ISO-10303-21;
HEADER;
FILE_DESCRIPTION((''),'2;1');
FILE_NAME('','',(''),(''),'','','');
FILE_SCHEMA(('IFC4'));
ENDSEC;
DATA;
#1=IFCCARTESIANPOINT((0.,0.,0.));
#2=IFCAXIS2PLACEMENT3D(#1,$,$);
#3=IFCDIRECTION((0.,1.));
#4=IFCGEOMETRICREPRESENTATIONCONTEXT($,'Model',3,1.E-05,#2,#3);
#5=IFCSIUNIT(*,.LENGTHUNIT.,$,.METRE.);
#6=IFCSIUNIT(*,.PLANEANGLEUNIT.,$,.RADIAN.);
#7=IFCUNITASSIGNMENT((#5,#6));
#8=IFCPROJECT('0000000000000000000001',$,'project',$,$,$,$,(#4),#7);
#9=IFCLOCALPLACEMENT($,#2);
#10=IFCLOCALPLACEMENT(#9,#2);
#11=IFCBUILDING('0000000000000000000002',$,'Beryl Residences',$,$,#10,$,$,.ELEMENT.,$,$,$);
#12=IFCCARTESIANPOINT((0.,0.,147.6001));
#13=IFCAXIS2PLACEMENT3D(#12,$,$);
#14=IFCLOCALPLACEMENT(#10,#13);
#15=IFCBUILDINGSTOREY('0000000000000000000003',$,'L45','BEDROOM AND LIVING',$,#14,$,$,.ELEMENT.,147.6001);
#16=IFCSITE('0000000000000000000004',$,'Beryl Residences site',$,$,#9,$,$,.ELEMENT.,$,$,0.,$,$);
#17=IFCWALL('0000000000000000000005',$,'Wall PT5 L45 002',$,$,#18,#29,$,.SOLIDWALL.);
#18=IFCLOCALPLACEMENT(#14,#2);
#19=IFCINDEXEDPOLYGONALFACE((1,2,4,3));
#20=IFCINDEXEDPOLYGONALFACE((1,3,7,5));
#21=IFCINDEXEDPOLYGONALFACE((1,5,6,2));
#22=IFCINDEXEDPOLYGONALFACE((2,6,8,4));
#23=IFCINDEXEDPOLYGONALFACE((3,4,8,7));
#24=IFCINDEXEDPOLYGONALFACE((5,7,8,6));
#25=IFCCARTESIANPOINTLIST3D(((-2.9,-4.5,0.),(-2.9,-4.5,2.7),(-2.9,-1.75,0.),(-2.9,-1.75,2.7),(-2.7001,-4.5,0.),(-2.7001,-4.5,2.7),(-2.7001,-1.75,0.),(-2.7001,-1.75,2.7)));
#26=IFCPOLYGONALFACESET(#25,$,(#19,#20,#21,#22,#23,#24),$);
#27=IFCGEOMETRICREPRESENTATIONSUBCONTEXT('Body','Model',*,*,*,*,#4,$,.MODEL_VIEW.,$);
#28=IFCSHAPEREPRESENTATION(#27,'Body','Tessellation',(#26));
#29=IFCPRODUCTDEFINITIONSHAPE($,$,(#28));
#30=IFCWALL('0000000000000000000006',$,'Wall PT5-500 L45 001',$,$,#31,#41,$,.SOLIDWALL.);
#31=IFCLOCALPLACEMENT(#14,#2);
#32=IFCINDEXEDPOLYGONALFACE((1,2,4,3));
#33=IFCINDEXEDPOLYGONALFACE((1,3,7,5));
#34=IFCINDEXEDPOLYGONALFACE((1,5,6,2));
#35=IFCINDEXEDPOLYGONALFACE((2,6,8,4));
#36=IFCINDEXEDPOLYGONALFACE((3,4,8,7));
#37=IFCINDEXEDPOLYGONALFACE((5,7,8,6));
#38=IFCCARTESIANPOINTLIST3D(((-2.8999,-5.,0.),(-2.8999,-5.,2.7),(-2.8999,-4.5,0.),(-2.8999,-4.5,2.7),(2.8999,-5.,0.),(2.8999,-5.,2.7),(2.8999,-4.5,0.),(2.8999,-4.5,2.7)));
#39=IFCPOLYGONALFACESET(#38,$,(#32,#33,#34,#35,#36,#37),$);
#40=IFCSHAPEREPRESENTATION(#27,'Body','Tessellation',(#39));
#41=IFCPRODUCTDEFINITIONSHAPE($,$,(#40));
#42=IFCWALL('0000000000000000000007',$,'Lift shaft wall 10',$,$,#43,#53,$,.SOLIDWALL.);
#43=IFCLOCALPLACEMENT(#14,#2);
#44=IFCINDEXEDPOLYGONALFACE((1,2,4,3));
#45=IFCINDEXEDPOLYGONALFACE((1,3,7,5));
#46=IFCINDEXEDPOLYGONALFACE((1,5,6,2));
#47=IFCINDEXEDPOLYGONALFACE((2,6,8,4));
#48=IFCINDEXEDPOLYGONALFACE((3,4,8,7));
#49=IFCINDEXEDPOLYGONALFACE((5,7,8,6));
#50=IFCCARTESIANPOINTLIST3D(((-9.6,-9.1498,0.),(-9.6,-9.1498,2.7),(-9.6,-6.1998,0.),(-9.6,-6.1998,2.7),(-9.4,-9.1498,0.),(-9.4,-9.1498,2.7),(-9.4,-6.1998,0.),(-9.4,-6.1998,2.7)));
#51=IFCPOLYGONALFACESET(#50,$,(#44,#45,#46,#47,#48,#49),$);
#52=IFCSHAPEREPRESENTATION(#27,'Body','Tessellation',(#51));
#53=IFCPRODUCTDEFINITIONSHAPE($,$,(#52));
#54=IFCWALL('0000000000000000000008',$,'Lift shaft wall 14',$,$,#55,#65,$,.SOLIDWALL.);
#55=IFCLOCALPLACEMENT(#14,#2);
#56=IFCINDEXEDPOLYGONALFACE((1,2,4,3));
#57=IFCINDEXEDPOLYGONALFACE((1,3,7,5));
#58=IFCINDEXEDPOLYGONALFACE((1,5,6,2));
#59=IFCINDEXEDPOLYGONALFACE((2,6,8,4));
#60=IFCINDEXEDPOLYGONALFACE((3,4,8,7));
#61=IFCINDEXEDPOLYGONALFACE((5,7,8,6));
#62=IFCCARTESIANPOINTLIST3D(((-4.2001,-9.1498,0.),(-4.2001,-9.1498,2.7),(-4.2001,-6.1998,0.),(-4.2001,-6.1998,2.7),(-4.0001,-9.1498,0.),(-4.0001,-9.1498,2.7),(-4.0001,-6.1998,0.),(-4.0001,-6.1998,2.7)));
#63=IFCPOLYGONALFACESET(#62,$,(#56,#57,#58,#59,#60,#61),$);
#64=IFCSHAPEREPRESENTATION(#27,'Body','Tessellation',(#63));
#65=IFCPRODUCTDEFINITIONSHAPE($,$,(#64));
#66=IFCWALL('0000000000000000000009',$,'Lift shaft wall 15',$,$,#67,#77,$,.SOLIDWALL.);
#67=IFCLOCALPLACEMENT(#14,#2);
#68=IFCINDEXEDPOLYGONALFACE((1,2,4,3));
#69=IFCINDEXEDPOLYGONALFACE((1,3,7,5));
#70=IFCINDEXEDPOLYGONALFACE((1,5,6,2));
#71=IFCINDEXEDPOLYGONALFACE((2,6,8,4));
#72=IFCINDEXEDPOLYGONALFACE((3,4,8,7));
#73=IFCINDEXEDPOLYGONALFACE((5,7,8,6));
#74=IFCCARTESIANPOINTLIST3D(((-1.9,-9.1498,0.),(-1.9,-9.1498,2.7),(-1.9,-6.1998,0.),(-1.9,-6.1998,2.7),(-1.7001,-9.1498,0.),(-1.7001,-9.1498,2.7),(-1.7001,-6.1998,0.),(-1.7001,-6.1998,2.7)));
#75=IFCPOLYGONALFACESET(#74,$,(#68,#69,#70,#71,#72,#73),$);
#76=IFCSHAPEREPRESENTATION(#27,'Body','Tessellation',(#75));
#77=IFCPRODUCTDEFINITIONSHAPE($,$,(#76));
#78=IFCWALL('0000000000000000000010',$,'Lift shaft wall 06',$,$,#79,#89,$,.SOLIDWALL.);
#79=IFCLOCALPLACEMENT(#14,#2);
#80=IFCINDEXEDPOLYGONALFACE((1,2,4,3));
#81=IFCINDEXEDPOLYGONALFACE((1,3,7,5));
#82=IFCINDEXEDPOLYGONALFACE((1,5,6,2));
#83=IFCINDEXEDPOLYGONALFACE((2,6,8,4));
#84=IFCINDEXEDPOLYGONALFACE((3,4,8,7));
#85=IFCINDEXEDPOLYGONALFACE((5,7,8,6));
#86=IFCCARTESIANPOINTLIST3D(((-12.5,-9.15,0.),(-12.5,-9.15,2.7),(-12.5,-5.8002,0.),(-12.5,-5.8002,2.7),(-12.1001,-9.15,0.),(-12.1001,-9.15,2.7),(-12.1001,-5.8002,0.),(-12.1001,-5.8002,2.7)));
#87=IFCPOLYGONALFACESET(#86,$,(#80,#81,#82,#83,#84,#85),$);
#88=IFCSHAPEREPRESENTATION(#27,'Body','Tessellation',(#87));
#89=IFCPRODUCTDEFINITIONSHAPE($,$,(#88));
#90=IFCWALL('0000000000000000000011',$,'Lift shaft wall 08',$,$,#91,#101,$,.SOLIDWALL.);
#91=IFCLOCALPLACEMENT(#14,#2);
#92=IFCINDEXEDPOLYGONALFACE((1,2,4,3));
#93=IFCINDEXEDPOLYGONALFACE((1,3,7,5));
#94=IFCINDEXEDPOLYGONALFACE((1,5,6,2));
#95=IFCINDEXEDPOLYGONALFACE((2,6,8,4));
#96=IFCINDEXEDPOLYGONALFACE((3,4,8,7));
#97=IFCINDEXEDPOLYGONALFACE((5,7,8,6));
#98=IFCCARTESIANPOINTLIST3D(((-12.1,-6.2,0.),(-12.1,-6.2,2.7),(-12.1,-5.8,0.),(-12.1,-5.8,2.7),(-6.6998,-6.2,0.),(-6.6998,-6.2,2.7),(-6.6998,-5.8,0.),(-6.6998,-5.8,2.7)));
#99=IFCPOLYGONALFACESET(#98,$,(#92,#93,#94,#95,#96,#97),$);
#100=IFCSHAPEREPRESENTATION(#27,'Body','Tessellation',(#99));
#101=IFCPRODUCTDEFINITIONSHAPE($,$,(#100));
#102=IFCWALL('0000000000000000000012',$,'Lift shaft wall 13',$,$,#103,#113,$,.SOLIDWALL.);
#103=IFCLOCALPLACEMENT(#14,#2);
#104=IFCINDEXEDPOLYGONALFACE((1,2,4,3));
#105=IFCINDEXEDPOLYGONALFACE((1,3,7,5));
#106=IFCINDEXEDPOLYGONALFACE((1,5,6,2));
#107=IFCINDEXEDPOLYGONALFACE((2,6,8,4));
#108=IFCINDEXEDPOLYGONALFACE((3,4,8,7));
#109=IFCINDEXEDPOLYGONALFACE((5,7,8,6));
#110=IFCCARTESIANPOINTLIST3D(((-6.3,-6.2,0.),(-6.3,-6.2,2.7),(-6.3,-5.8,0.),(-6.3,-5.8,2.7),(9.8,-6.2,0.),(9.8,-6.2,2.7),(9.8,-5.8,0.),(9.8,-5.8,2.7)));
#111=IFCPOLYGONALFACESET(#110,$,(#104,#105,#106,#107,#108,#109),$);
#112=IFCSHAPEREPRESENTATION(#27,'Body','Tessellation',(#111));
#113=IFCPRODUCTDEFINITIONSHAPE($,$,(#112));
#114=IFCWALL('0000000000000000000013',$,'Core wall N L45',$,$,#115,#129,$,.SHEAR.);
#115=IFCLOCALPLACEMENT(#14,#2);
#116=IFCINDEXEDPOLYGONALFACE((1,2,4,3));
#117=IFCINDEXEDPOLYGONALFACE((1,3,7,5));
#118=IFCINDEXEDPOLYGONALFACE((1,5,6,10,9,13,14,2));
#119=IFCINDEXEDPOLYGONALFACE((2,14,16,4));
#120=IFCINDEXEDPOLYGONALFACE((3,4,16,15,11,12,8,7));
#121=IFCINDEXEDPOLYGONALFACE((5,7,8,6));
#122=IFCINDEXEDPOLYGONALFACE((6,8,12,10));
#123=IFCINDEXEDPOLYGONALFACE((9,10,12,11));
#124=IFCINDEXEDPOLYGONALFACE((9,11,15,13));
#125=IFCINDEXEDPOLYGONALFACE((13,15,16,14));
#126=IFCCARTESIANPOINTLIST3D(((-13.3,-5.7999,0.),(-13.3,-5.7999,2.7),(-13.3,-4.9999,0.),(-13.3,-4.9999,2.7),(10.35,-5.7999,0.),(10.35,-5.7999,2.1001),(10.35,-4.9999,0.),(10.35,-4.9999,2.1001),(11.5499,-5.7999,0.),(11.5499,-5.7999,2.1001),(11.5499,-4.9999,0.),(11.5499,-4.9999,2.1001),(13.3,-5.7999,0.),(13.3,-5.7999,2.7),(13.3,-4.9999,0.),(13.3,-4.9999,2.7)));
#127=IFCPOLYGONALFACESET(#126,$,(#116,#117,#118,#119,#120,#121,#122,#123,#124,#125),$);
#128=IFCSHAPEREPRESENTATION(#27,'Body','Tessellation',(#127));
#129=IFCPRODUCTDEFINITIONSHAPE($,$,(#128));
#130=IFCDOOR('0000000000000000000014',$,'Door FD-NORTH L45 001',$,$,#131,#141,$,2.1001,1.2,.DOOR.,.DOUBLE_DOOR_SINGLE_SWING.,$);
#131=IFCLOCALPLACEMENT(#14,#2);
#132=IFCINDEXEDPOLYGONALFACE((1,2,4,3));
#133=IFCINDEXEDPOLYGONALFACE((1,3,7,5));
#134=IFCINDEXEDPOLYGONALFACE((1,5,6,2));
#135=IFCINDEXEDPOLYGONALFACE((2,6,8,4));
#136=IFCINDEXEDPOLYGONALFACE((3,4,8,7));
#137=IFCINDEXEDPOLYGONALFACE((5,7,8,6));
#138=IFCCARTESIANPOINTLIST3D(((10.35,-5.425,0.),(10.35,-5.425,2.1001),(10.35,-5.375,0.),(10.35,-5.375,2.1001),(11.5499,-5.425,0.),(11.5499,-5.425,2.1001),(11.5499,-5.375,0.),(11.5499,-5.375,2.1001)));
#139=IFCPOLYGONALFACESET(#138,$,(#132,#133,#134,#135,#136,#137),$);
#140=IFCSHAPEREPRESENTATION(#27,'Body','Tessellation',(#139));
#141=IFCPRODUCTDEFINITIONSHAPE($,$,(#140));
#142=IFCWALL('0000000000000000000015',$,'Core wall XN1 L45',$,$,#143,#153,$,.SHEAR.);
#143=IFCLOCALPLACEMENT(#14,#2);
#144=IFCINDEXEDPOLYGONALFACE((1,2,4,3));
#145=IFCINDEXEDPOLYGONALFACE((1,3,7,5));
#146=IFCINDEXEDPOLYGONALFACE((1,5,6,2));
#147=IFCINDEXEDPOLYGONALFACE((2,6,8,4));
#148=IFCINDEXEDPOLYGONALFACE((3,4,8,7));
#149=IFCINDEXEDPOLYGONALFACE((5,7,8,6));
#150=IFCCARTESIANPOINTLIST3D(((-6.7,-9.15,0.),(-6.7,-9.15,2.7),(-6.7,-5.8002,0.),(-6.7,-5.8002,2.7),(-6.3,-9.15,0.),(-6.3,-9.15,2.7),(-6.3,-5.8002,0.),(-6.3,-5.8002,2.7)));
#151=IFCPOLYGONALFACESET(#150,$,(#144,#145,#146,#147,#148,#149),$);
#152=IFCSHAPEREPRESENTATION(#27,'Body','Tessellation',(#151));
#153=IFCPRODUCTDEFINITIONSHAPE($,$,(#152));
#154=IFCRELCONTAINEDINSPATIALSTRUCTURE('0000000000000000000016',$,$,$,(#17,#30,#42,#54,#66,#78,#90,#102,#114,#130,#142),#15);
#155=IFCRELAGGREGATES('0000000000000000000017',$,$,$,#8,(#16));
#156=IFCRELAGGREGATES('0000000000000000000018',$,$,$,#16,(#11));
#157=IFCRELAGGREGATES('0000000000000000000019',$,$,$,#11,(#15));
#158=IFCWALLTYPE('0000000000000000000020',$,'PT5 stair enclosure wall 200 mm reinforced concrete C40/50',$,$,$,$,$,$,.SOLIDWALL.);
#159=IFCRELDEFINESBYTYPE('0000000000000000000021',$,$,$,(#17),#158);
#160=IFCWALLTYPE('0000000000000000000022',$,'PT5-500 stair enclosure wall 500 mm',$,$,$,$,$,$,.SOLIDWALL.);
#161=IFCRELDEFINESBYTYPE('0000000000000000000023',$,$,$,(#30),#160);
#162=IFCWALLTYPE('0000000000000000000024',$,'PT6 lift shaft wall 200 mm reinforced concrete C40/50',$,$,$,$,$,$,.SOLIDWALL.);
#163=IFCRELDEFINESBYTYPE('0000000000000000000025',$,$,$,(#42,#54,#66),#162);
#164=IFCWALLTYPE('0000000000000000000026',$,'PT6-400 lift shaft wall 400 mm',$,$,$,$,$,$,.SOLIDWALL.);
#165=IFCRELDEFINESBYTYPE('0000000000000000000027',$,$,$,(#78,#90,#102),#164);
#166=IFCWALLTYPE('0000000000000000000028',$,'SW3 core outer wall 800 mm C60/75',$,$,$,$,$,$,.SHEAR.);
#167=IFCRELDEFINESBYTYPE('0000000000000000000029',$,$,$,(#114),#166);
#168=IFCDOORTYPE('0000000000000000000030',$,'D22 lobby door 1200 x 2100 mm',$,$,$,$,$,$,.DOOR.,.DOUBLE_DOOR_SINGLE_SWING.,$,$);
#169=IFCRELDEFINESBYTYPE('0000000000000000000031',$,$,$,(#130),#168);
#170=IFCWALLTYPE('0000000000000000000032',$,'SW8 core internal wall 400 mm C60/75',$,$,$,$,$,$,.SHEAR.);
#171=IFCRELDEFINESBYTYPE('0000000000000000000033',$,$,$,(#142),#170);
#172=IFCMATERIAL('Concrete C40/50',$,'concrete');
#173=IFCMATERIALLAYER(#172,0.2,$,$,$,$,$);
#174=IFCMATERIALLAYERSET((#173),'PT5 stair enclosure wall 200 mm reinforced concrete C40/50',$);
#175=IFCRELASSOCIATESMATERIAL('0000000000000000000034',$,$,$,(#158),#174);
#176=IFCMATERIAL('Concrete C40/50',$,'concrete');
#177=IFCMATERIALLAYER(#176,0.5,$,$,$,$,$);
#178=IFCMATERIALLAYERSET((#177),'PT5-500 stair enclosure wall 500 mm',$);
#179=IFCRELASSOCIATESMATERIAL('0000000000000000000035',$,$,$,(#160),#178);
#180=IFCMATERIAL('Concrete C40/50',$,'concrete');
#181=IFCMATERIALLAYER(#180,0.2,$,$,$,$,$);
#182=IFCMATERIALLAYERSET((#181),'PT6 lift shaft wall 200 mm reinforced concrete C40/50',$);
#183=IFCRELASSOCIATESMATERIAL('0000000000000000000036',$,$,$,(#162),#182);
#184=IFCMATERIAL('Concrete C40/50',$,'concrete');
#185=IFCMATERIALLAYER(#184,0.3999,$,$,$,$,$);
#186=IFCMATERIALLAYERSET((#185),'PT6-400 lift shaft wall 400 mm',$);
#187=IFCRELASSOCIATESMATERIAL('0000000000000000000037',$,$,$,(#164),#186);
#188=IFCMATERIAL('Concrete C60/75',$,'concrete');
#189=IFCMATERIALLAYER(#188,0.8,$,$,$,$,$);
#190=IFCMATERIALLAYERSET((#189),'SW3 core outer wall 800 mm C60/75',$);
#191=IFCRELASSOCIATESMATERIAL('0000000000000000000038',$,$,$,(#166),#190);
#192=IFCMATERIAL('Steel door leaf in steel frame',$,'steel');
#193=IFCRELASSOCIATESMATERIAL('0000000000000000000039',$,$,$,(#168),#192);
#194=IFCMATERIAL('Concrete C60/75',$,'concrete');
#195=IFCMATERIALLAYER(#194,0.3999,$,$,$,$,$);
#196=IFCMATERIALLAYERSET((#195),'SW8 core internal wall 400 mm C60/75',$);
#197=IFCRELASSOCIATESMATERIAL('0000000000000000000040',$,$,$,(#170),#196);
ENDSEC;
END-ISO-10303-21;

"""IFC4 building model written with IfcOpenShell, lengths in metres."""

from ifc_helpers import new_model, si_unit, direction, frame, frame_2d, origin, place, context, subcontext, project, spatial, rectangle, extrude, material, layer, layer_set, type_object, element, fill, save


model = new_model("IFC4")

# Units and contexts
model_context = context("Model", 3, precision=1e-05, world=origin(), true_north=direction((0.0, 1.0)))
body_context = subcontext(model_context, "Body", "Model", "MODEL_VIEW")
ifc_project = project(units=[si_unit("LENGTHUNIT", "METRE"), si_unit("PLANEANGLEUNIT", "RADIAN")], contexts=[model_context])

# Site, building, storey
site_placement = place(None, origin())
site = spatial("IfcSite", under=ifc_project, at=site_placement, Name="Beryl Residences site", CompositionType="ELEMENT", RefElevation=0.0)
building_placement = place(site_placement, origin())
building = spatial("IfcBuilding", under=site, at=building_placement, Name="Beryl Residences", CompositionType="ELEMENT")
storey_placement = place(building_placement, frame((0.0, 0.0, 147.6001)))
storey = spatial("IfcBuildingStorey", under=building, at=storey_placement, Name="L45", Description="BEDROOM AND LIVING", CompositionType="ELEMENT", Elevation=147.6001)

# Walls
ifc_material_1 = material(Name="Concrete C40/50", Category="concrete")
ifc_layer_1 = layer(ifc_material_1, 0.2)
ifc_layer_set_1 = layer_set([ifc_layer_1], Name="PT5 stair enclosure wall 200 mm reinforced concrete C40/50")
wall_type_1 = type_object("IfcWallType", Name="PT5 stair enclosure wall 200 mm reinforced concrete C40/50", PredefinedType="SOLIDWALL", material=ifc_layer_set_1)
wall_1_placement = place(storey_placement, frame((-2.8, -4.5, 0.0), z_axis=(0.0, 0.0, 1.0), x_axis=(0.0, 1.0, 0.0)))
element("IfcWall", 1, at=wall_1_placement, inside=storey, type_object=wall_type_1, Name="Wall PT5 L45 002", PredefinedType="SOLIDWALL", context=body_context, shape_type="SweptSolid", body=[
    extrude(rectangle(XDim=2.75, YDim=0.2, at=frame_2d((1.375, 0.0))), origin(), (0.0, 0.0, 1.0), 2.7),
])
ifc_material_2 = material(Name="Concrete C40/50", Category="concrete")
ifc_layer_2 = layer(ifc_material_2, 0.5)
ifc_layer_set_2 = layer_set([ifc_layer_2], Name="PT5-500 stair enclosure wall 500 mm")
wall_type_2 = type_object("IfcWallType", Name="PT5-500 stair enclosure wall 500 mm", PredefinedType="SOLIDWALL", material=ifc_layer_set_2)
wall_2_placement = place(storey_placement, frame((-2.8999, -4.75, 0.0), z_axis=(0.0, 0.0, 1.0), x_axis=(1.0, 0.0, 0.0)))
element("IfcWall", 2, at=wall_2_placement, inside=storey, type_object=wall_type_2, Name="Wall PT5-500 L45 001", PredefinedType="SOLIDWALL", context=body_context, shape_type="SweptSolid", body=[
    extrude(rectangle(XDim=5.7998, YDim=0.5, at=frame_2d((2.8999, 0.0))), origin(), (0.0, 0.0, 1.0), 2.7),
])
ifc_material_3 = material(Name="Concrete C40/50", Category="concrete")
ifc_layer_3 = layer(ifc_material_3, 0.2)
ifc_layer_set_3 = layer_set([ifc_layer_3], Name="PT6 lift shaft wall 200 mm reinforced concrete C40/50")
wall_type_3 = type_object("IfcWallType", Name="PT6 lift shaft wall 200 mm reinforced concrete C40/50", PredefinedType="SOLIDWALL", material=ifc_layer_set_3)
for number, where, z_axis, x_axis, name in (
    (3, (-9.5, -9.1499, 0.0), (0.0, 0.0, 1.0), (0.0, 1.0, 0.0), "Lift shaft wall 10"),
    (4, (-4.1001, -9.1499, 0.0), (0.0, 0.0, 1.0), (0.0, 1.0, 0.0), "Lift shaft wall 14"),
    (5, (-1.8, -9.1499, 0.0), (0.0, 0.0, 1.0), (0.0, 1.0, 0.0), "Lift shaft wall 15"),
):
    element("IfcWall", number, at=place(storey_placement, frame(where, z_axis=z_axis, x_axis=x_axis)), inside=storey, type_object=wall_type_3, Name=name, PredefinedType="SOLIDWALL", context=body_context, shape_type="SweptSolid", body=[
        extrude(rectangle(XDim=2.95, YDim=0.2, at=frame_2d((1.4751, 0.0))), origin(), (0.0, 0.0, 1.0), 2.7),
    ])
ifc_material_4 = material(Name="Concrete C40/50", Category="concrete")
ifc_layer_4 = layer(ifc_material_4, 0.3999)
ifc_layer_set_4 = layer_set([ifc_layer_4], Name="PT6-400 lift shaft wall 400 mm")
wall_type_4 = type_object("IfcWallType", Name="PT6-400 lift shaft wall 400 mm", PredefinedType="SOLIDWALL", material=ifc_layer_set_4)
wall_3_placement = place(storey_placement, frame((-12.3, -9.1499, 0.0), z_axis=(0.0, 0.0, 1.0), x_axis=(0.0, 1.0, 0.0)))
element("IfcWall", 6, at=wall_3_placement, inside=storey, type_object=wall_type_4, Name="Lift shaft wall 06", PredefinedType="SOLIDWALL", context=body_context, shape_type="SweptSolid", body=[
    extrude(rectangle(XDim=3.3499, YDim=0.3999, at=frame_2d((1.6748, 0.0))), origin(), (0.0, 0.0, 1.0), 2.7),
])
wall_4_placement = place(storey_placement, frame((-12.1001, -6.0, 0.0), z_axis=(0.0, 0.0, 1.0), x_axis=(1.0, 0.0, 0.0)))
element("IfcWall", 7, at=wall_4_placement, inside=storey, type_object=wall_type_4, Name="Lift shaft wall 08", PredefinedType="SOLIDWALL", context=body_context, shape_type="SweptSolid", body=[
    extrude(rectangle(XDim=5.4001, YDim=0.3999, at=frame_2d((2.7002, 0.0))), origin(), (0.0, 0.0, 1.0), 2.7),
])
wall_5_placement = place(storey_placement, frame((-6.3, -6.0, 0.0), z_axis=(0.0, 0.0, 1.0), x_axis=(1.0, 0.0, 0.0)))
element("IfcWall", 8, at=wall_5_placement, inside=storey, type_object=wall_type_4, Name="Lift shaft wall 13", PredefinedType="SOLIDWALL", context=body_context, shape_type="SweptSolid", body=[
    extrude(rectangle(XDim=16.1001, YDim=0.3999, at=frame_2d((8.05, 0.0))), origin(), (0.0, 0.0, 1.0), 2.7),
])

# Wall, opening, door
ifc_material_5 = material(Name="Concrete C60/75", Category="concrete")
ifc_layer_5 = layer(ifc_material_5, 0.8)
ifc_layer_set_5 = layer_set([ifc_layer_5], Name="SW3 core outer wall 800 mm C60/75")
wall_type_5 = type_object("IfcWallType", Name="SW3 core outer wall 800 mm C60/75", PredefinedType="SHEAR", material=ifc_layer_set_5)
wall_6_placement = place(storey_placement, frame((-13.3, -5.3999, 0.0), z_axis=(0.0, 0.0, 1.0), x_axis=(1.0, 0.0, 0.0)))
wall_6 = element("IfcWall", 9, at=wall_6_placement, inside=storey, type_object=wall_type_5, Name="Core wall N L45", PredefinedType="SHEAR", context=body_context, shape_type="SweptSolid", body=[
    extrude(rectangle(XDim=26.6001, YDim=0.8, at=frame_2d((13.3, 0.0))), origin(), (0.0, 0.0, 1.0), 2.7),
])
opening_placement = place(wall_6_placement, frame((23.6499, 0.0, 0.0)))
opening = element("IfcOpeningElement", 10, at=opening_placement, cuts=wall_6, PredefinedType="OPENING", context=body_context, shape_type="SweptSolid", body=[
    extrude(rectangle(XDim=1.2, YDim=2.1001, at=frame_2d((0.6001, 1.05))), frame((0.0, 0.4099, 0.0), z_axis=(0.0, -1.0, 0.0), x_axis=(1.0, 0.0, 0.0)), (0.0, 0.0, 1.0), 0.8201),
])
ifc_material_6 = material(Name="Steel door leaf in steel frame", Category="steel")
door_type = type_object("IfcDoorType", Name="D22 lobby door 1200 x 2100 mm", OperationType="DOUBLE_DOOR_SINGLE_SWING", PredefinedType="DOOR", material=ifc_material_6)
door_placement = place(opening_placement, origin())
door = element("IfcDoor", 11, at=door_placement, inside=storey, type_object=door_type, Name="Door FD-NORTH L45 001", OperationType="DOUBLE_DOOR_SINGLE_SWING", OverallHeight=2.1001, OverallWidth=1.2, PredefinedType="DOOR", context=body_context, shape_type="SweptSolid", body=[
    extrude(rectangle(XDim=1.2, YDim=2.1001, at=frame_2d((0.6001, 1.05))), frame((0.0, 0.0249, 0.0), z_axis=(0.0, -1.0, 0.0), x_axis=(1.0, 0.0, 0.0)), (0.0, 0.0, 1.0), 0.05),
])
fill(opening, door)

# Wall
ifc_material_7 = material(Name="Concrete C60/75", Category="concrete")
ifc_layer_6 = layer(ifc_material_7, 0.3999)
ifc_layer_set_6 = layer_set([ifc_layer_6], Name="SW8 core internal wall 400 mm C60/75")
wall_type_6 = type_object("IfcWallType", Name="SW8 core internal wall 400 mm C60/75", PredefinedType="SHEAR", material=ifc_layer_set_6)
wall_7_placement = place(storey_placement, frame((-6.5, -9.1499, 0.0), z_axis=(0.0, 0.0, 1.0), x_axis=(0.0, 1.0, 0.0)))
element("IfcWall", 12, at=wall_7_placement, inside=storey, type_object=wall_type_6, Name="Core wall XN1 L45", PredefinedType="SHEAR", context=body_context, shape_type="SweptSolid", body=[
    extrude(rectangle(XDim=3.3499, YDim=0.3999, at=frame_2d((1.6748, 0.0))), origin(), (0.0, 0.0, 1.0), 2.7),
])

save(model, "model.ifc")
